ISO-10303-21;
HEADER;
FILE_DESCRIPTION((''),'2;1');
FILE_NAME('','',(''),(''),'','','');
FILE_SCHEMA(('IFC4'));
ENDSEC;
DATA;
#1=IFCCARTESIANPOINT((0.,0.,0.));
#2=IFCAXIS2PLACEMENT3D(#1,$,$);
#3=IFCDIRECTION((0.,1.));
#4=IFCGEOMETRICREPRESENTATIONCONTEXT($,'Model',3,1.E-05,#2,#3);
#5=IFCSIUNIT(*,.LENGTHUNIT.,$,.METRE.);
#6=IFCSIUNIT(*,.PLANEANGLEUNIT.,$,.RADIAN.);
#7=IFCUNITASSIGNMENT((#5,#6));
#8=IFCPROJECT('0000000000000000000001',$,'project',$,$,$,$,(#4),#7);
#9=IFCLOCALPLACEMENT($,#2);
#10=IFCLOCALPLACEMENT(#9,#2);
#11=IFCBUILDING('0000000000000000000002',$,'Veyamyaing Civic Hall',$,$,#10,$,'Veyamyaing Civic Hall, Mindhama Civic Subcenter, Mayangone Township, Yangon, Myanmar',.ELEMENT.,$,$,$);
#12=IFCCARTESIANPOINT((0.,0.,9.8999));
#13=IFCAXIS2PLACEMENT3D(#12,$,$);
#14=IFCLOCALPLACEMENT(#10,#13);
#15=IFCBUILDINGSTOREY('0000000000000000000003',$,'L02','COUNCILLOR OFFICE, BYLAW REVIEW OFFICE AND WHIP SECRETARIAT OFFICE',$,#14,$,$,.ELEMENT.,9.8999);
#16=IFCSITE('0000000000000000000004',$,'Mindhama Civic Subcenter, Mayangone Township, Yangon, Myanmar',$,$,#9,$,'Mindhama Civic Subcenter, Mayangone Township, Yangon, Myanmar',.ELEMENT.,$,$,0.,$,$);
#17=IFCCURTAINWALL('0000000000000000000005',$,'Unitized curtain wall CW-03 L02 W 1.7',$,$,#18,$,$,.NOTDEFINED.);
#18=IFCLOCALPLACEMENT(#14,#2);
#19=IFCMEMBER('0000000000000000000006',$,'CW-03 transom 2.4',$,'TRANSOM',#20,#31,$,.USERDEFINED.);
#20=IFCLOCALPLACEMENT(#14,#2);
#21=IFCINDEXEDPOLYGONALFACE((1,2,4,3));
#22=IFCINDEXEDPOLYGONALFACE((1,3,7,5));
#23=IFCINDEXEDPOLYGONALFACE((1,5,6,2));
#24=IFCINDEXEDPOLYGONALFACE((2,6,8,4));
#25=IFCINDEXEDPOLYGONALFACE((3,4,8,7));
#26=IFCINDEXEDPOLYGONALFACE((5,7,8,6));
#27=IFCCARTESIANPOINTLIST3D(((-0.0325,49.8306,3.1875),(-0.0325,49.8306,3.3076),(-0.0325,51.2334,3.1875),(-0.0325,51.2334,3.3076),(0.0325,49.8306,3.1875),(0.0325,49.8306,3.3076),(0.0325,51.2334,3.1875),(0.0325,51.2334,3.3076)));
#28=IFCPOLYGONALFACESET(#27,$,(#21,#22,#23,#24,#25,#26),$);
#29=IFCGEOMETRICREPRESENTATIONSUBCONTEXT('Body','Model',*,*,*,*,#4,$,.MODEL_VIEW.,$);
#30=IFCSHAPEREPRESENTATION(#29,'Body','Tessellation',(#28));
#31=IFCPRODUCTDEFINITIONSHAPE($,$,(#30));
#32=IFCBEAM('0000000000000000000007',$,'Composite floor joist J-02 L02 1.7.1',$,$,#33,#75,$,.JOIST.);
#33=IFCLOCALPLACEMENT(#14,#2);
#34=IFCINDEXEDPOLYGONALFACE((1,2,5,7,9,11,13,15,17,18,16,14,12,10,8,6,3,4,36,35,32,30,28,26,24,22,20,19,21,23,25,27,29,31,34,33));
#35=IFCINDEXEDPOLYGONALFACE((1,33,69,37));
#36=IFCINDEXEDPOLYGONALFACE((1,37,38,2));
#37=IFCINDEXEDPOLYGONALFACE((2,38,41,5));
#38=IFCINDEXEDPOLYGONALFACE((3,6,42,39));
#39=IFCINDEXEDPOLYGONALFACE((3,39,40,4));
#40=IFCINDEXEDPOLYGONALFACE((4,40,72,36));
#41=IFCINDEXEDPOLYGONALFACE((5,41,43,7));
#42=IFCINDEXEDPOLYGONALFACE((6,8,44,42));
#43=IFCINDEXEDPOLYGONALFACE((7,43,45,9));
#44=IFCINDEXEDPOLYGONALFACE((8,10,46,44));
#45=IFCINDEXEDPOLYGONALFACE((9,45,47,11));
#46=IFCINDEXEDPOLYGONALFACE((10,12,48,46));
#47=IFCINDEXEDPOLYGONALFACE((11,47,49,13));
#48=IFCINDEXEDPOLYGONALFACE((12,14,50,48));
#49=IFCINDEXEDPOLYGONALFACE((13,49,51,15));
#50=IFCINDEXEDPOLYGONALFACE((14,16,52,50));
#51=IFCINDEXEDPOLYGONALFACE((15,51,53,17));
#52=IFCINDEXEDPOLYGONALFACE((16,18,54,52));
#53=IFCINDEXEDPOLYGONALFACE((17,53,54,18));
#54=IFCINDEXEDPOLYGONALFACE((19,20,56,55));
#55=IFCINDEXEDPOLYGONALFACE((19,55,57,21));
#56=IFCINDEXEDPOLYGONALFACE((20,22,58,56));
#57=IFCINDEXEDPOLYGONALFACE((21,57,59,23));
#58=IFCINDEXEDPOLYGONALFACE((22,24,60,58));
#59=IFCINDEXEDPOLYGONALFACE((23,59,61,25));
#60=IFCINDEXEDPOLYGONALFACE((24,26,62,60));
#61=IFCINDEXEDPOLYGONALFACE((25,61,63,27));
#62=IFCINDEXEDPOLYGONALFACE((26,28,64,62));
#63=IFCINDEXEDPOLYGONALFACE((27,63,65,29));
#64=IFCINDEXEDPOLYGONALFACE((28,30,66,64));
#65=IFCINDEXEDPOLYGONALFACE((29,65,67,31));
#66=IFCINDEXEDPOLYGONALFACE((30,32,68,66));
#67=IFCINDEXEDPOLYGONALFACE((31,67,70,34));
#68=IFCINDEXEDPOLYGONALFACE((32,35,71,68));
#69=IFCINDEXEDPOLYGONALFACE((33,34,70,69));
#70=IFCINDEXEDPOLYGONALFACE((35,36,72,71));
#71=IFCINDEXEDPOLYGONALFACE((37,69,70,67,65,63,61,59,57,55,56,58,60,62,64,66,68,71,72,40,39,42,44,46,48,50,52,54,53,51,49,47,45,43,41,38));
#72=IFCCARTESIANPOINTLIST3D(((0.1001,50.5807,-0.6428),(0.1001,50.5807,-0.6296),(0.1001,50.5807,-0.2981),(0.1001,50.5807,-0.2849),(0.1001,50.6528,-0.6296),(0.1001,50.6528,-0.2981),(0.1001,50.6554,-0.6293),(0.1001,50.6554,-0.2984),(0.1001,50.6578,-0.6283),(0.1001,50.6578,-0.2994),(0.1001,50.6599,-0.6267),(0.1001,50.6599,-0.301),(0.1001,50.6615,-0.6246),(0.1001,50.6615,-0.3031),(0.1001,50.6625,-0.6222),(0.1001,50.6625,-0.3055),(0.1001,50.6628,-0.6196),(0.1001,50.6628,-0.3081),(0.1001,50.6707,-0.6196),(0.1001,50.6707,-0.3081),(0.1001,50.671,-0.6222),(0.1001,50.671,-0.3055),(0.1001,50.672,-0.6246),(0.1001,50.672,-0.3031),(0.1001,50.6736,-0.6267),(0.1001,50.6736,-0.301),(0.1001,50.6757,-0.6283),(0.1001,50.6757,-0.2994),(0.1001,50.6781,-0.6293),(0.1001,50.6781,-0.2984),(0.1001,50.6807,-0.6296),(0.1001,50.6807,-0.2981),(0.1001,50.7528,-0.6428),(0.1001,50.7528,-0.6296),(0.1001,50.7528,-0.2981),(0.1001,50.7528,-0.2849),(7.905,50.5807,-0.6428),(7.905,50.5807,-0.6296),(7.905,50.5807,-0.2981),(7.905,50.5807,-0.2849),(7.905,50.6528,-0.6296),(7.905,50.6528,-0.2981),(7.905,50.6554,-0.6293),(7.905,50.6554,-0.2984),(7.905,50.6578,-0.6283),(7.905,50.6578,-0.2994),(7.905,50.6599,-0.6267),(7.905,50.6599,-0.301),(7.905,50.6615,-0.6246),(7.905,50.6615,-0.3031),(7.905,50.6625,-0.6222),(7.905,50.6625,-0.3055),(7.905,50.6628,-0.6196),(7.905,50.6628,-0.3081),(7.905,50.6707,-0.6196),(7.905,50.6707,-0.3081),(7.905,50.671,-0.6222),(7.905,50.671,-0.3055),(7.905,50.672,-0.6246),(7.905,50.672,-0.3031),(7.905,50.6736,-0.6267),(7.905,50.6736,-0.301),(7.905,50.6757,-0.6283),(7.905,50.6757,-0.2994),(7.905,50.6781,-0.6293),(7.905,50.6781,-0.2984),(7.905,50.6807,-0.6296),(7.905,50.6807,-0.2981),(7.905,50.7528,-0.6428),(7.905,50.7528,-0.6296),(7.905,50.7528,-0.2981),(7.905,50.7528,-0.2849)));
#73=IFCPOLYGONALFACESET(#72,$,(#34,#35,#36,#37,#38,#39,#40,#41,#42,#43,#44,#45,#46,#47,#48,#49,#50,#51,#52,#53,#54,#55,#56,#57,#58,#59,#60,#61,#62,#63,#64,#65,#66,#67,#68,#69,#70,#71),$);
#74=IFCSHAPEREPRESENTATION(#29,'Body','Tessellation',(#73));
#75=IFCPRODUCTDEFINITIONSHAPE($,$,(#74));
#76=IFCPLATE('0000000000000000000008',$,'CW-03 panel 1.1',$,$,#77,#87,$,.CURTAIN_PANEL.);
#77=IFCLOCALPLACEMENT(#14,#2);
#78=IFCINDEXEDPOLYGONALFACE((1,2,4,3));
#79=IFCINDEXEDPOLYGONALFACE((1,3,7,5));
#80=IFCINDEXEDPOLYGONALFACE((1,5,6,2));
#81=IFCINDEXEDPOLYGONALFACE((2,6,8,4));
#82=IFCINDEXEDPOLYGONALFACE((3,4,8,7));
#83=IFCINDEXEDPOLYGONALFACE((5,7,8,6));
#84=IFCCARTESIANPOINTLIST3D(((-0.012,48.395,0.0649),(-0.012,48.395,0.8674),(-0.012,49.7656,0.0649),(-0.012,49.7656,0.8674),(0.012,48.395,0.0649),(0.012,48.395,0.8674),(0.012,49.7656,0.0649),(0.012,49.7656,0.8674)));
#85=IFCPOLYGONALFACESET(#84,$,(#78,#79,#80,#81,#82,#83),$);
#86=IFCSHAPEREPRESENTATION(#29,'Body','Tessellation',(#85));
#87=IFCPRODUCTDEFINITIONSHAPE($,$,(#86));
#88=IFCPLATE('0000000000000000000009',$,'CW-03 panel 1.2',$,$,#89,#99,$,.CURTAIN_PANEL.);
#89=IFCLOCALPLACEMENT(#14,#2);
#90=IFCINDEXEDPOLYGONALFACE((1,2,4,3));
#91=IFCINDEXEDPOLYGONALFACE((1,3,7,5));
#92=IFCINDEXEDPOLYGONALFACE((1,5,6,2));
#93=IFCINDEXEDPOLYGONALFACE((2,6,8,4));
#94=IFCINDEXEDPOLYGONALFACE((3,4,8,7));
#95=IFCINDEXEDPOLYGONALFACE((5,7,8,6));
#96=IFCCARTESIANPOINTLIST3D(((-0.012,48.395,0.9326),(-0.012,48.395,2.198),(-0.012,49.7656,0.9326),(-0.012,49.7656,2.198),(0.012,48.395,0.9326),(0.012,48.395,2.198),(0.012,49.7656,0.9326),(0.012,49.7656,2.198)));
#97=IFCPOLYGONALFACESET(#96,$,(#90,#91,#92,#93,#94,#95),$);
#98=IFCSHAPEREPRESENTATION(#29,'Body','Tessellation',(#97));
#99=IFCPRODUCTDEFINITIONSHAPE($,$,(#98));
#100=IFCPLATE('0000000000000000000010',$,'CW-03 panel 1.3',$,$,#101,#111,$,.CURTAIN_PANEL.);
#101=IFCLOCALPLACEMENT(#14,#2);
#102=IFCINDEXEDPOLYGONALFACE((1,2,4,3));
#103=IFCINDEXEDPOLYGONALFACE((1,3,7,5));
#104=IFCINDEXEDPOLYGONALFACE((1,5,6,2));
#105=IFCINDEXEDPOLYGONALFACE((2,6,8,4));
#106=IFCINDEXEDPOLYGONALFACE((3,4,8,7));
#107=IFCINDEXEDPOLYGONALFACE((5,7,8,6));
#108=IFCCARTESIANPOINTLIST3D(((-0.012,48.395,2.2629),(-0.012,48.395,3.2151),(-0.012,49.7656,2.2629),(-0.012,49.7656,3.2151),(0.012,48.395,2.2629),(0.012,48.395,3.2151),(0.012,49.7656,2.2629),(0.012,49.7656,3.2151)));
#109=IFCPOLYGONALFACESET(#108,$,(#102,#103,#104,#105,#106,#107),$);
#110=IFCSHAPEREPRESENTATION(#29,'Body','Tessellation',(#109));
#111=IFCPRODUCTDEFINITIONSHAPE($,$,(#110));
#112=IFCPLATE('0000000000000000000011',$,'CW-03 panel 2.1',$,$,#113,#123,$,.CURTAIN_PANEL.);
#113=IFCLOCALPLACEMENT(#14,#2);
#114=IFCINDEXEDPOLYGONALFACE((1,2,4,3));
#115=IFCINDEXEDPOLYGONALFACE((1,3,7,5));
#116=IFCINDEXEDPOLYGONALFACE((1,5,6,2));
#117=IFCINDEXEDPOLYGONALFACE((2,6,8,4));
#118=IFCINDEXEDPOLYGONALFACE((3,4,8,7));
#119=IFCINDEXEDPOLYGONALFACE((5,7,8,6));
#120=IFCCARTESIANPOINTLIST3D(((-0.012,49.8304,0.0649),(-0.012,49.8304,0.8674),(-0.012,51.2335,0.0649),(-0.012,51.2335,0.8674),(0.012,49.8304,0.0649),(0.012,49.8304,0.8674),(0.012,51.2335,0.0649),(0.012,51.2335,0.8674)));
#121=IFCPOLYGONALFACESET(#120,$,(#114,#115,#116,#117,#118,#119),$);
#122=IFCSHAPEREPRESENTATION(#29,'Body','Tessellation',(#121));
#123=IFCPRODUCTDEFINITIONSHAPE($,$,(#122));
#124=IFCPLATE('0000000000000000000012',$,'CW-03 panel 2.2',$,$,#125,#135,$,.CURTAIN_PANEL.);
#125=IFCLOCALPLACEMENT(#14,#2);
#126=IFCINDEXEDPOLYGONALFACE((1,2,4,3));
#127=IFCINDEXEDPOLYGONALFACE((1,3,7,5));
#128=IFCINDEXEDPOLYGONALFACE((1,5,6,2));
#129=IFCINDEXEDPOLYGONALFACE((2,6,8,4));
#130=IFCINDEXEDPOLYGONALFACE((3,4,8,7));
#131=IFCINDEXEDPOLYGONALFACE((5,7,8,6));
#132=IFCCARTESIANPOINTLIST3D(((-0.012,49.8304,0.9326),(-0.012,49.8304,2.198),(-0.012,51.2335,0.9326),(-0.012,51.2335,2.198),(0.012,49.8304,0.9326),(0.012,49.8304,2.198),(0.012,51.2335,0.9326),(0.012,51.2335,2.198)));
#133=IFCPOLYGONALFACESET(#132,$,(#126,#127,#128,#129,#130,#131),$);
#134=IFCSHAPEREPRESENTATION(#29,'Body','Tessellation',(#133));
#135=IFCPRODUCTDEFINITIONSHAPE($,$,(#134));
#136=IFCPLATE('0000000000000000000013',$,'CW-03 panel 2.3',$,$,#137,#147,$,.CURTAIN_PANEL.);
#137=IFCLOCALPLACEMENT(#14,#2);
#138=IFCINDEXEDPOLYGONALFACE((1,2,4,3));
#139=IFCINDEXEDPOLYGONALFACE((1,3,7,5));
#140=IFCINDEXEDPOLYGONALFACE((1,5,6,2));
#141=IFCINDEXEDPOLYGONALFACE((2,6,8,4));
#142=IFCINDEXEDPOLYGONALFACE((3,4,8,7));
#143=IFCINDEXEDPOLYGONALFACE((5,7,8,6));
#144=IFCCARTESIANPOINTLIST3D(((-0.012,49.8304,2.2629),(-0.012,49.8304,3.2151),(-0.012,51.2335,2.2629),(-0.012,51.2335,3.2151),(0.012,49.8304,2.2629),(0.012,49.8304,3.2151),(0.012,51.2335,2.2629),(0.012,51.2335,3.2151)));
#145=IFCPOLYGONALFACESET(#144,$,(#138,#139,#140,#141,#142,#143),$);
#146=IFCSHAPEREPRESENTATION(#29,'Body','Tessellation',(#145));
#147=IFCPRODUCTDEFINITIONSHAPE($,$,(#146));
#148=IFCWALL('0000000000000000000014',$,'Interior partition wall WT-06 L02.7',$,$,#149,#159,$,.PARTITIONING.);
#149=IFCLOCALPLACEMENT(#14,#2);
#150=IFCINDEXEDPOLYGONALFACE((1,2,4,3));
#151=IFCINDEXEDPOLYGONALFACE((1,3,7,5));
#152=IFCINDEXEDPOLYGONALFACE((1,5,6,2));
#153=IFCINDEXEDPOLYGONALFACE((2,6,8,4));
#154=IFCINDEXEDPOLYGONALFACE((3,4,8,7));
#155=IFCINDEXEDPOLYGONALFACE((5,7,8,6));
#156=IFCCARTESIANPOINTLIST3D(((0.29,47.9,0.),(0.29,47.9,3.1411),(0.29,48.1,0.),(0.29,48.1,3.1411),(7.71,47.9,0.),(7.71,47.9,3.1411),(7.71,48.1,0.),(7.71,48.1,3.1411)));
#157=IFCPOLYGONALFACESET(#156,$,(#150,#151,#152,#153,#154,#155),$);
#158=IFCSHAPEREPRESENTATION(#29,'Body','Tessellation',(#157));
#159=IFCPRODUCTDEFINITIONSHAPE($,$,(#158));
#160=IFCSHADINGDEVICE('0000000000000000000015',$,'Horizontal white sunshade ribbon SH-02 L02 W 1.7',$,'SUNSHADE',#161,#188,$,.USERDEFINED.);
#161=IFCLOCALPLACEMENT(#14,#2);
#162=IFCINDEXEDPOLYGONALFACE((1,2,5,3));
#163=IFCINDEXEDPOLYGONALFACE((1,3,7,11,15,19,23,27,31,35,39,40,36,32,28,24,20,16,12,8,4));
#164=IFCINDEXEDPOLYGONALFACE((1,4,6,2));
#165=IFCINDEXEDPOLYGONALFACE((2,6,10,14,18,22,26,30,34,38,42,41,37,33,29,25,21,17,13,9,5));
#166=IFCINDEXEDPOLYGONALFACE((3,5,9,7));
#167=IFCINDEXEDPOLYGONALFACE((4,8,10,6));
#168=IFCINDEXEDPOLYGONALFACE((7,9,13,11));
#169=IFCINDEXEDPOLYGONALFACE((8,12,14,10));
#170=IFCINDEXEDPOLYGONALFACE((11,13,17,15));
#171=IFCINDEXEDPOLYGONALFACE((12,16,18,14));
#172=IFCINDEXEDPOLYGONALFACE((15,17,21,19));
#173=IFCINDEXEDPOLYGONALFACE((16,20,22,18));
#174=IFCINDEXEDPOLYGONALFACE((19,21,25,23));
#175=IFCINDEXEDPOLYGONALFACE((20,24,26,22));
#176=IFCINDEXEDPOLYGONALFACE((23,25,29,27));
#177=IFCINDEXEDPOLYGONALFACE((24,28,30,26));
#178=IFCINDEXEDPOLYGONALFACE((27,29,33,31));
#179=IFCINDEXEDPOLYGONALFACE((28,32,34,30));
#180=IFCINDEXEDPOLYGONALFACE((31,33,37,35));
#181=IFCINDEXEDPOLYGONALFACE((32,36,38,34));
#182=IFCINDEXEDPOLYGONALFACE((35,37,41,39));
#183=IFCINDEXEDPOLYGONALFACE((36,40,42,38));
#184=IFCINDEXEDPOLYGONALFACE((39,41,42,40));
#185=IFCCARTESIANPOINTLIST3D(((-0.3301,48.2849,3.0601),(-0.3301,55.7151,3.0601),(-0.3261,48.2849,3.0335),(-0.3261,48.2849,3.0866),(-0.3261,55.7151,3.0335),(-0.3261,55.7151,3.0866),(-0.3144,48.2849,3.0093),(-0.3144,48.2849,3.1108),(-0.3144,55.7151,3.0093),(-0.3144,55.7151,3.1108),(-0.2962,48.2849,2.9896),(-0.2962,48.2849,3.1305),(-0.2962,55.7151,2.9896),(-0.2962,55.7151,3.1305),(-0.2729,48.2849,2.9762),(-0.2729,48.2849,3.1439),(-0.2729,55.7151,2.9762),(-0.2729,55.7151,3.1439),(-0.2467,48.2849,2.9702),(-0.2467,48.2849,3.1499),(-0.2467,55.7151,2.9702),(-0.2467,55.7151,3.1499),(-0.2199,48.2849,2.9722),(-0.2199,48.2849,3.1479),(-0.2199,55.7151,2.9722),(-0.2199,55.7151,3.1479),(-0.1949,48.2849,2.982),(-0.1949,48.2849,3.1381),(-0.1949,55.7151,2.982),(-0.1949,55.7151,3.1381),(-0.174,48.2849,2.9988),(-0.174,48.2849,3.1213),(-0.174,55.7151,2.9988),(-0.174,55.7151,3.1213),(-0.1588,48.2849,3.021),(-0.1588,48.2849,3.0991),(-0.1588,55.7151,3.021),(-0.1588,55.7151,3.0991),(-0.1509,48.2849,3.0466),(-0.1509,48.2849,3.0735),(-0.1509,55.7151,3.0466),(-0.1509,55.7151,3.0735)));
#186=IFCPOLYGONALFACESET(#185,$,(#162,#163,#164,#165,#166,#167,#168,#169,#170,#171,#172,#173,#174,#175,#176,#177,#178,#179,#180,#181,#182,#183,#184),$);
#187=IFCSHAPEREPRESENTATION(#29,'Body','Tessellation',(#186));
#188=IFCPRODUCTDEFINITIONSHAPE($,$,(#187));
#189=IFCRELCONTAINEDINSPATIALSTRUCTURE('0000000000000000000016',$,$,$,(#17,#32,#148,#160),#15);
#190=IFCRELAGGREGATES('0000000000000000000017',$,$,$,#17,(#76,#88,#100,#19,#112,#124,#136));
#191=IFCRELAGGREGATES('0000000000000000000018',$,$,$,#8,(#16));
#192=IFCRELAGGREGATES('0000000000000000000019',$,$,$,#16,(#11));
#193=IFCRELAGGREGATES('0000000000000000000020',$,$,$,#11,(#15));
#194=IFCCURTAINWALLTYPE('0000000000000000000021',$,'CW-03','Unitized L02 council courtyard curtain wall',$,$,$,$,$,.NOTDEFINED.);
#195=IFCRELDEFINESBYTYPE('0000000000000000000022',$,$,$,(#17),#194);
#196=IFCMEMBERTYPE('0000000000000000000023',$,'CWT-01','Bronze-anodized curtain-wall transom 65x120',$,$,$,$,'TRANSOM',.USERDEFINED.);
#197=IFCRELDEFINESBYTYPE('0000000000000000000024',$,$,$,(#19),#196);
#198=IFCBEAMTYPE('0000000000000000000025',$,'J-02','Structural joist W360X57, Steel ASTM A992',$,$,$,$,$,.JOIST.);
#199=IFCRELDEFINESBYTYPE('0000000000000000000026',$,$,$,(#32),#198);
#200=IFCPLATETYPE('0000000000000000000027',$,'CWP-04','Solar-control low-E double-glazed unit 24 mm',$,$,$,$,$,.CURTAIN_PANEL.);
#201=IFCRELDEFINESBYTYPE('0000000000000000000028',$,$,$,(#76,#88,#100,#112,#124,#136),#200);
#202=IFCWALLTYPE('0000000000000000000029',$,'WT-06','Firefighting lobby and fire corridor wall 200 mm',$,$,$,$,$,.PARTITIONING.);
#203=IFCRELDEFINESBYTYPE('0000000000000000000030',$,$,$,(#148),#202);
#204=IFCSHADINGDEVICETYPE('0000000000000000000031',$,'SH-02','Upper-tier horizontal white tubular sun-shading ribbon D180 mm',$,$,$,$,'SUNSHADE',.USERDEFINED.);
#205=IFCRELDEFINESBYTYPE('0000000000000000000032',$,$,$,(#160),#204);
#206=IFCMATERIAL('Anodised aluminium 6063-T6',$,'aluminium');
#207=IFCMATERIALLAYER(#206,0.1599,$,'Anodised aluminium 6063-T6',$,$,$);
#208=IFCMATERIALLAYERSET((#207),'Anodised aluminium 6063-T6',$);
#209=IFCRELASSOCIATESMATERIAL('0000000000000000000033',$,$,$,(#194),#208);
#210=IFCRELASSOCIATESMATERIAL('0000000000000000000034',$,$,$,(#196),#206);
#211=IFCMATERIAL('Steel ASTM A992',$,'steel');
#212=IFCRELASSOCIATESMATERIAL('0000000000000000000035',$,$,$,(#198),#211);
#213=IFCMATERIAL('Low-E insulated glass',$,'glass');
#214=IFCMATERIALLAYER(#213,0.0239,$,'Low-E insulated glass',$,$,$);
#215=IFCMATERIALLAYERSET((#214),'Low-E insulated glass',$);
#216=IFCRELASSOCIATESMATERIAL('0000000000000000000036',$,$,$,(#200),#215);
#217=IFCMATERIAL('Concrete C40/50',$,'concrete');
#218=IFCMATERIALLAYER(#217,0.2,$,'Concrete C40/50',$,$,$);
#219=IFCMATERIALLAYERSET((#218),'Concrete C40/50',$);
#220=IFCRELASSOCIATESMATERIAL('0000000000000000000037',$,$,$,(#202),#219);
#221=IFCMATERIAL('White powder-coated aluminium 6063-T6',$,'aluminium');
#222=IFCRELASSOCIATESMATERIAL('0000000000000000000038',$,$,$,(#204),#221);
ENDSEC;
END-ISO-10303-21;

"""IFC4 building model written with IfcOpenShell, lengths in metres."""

from ifc_helpers import new_model, si_unit, direction, frame, frame_2d, origin, origin_2d, place, context, subcontext, project, spatial, rectangle, circle, i_section, extrude, material, layer, layer_set, material_profile, profile_set, type_object, element, aggregate, save


model = new_model("IFC4")

# Units and contexts
model_context = context("Model", 3, precision=1e-05, world=origin(), true_north=direction((0.0, 1.0)))
body_context = subcontext(model_context, "Body", "Model", "MODEL_VIEW")
ifc_project = project(units=[si_unit("LENGTHUNIT", "METRE"), si_unit("PLANEANGLEUNIT", "RADIAN")], contexts=[model_context])

# Site, building, storey
site_placement = place(None, origin())
site = spatial("IfcSite", under=ifc_project, at=site_placement, Name="Mindhama Civic Subcenter, Mayangone Township, Yangon, Myanmar", LongName="Mindhama Civic Subcenter, Mayangone Township, Yangon, Myanmar", CompositionType="ELEMENT", RefElevation=0.0)
building_placement = place(site_placement, origin())
building = spatial("IfcBuilding", under=site, at=building_placement, Name="Veyamyaing Civic Hall", LongName="Veyamyaing Civic Hall, Mindhama Civic Subcenter, Mayangone Township, Yangon, Myanmar", CompositionType="ELEMENT")
storey_placement = place(building_placement, frame((0.0, 0.0, 9.8999)))
storey = spatial("IfcBuildingStorey", under=building, at=storey_placement, Name="L02", Description="COUNCILLOR OFFICE, BYLAW REVIEW OFFICE AND WHIP SECRETARIAT OFFICE", CompositionType="ELEMENT", Elevation=9.8999)

# Shared definitions
ifc_material_1 = material(Name="Steel ASTM A992", Category="steel")

# Curtain wall, member
ifc_material_2 = material(Name="Anodised aluminium 6063-T6", Category="aluminium")
ifc_layer_1 = layer(ifc_material_2, 0.1599, Name="Anodised aluminium 6063-T6")
ifc_layer_set_1 = layer_set([ifc_layer_1], Name="Anodised aluminium 6063-T6")
curtain_wall_type = type_object("IfcCurtainWallType", Name="CW-03", Description="Unitized L02 council courtyard curtain wall", PredefinedType="NOTDEFINED", material=ifc_layer_set_1)
curtain_wall_placement = place(storey_placement, origin())
curtain_wall = element("IfcCurtainWall", 1, at=curtain_wall_placement, inside=storey, type_object=curtain_wall_type, Name="Unitized curtain wall CW-03 L02 W 1.7", PredefinedType="NOTDEFINED")
ifc_material_profile_1 = material_profile(ifc_material_2, rectangle(XDim=0.0649, YDim=0.1201, at=origin_2d()), Name="ALU-TRN-65X120")
ifc_profile_set_1 = profile_set([ifc_material_profile_1], Name="Anodised aluminium 6063-T6")
member_type_1 = type_object("IfcMemberType", Name="CWT-01", Description="Bronze-anodized curtain-wall transom 65x120", ElementType="TRANSOM", PredefinedType="USERDEFINED", material=ifc_profile_set_1)
member_1_placement = place(storey_placement, frame((0.0, 49.8306, 3.2476), z_axis=(0.0, 1.0, 0.0), x_axis=(-1.0, 0.0, 0.0)))
member_1 = element("IfcMember", 2, at=member_1_placement, type_object=member_type_1, Name="CW-03 transom 2.4", ObjectType="TRANSOM", PredefinedType="USERDEFINED", context=body_context, shape_type="SweptSolid", body=[
    extrude(rectangle(XDim=0.0649, YDim=0.1201, at=origin_2d()), origin(), (0.0, 0.0, 1.0), 1.4028),
])

# Beam
ifc_material_profile_2 = material_profile(ifc_material_1, i_section(OverallWidth=0.1721, OverallDepth=0.3579, WebThickness=0.0078, FlangeThickness=0.0132, FilletRadius=0.01, at=origin_2d()), Name="W360X57")
ifc_profile_set_2 = profile_set([ifc_material_profile_2], Name="Steel ASTM A992")
beam_type_1 = type_object("IfcBeamType", Name="J-02", Description="Structural joist W360X57, Steel ASTM A992", PredefinedType="JOIST", material=ifc_profile_set_2)
beam_1_placement = place(storey_placement, frame((0.1001, 50.6667, -0.4639), z_axis=(1.0, 0.0, 0.0), x_axis=(0.0, 1.0, 0.0)))
element("IfcBeam", 3, at=beam_1_placement, inside=storey, type_object=beam_type_1, Name="Composite floor joist J-02 L02 1.7.1", PredefinedType="JOIST", context=body_context, shape_type="SweptSolid", body=[
    extrude(i_section(OverallWidth=0.1721, OverallDepth=0.3579, WebThickness=0.0078, FlangeThickness=0.0132, FilletRadius=0.01, at=origin_2d()), origin(), (0.0, 0.0, 1.0), 7.8049),
])

# Plates
ifc_material_3 = material(Name="Low-E insulated glass", Category="glass")
ifc_layer_2 = layer(ifc_material_3, 0.0239, Name="Low-E insulated glass")
ifc_layer_set_2 = layer_set([ifc_layer_2], Name="Low-E insulated glass")
plate_type = type_object("IfcPlateType", Name="CWP-04", Description="Solar-control low-E double-glazed unit 24 mm", PredefinedType="CURTAIN_PANEL", material=ifc_layer_set_2)
plate_1_placement = place(storey_placement, frame((0.0, 49.0803, 0.0649), z_axis=(0.0, 0.0, 1.0), x_axis=(0.0, 1.0, 0.0)))
plate_1 = element("IfcPlate", 4, at=plate_1_placement, type_object=plate_type, Name="CW-03 panel 1.1", PredefinedType="CURTAIN_PANEL", context=body_context, shape_type="SweptSolid", body=[
    extrude(rectangle(XDim=1.3706, YDim=0.0239, at=origin_2d()), origin(), (0.0, 0.0, 1.0), 0.8025),
])
plate_2_placement = place(storey_placement, frame((0.0, 49.0803, 0.9326), z_axis=(0.0, 0.0, 1.0), x_axis=(0.0, 1.0, 0.0)))
plate_2 = element("IfcPlate", 5, at=plate_2_placement, type_object=plate_type, Name="CW-03 panel 1.2", PredefinedType="CURTAIN_PANEL", context=body_context, shape_type="SweptSolid", body=[
    extrude(rectangle(XDim=1.3706, YDim=0.0239, at=origin_2d()), origin(), (0.0, 0.0, 1.0), 1.2654),
])
plate_3_placement = place(storey_placement, frame((0.0, 49.0803, 2.2629), z_axis=(0.0, 0.0, 1.0), x_axis=(0.0, 1.0, 0.0)))
plate_3 = element("IfcPlate", 6, at=plate_3_placement, type_object=plate_type, Name="CW-03 panel 1.3", PredefinedType="CURTAIN_PANEL", context=body_context, shape_type="SweptSolid", body=[
    extrude(rectangle(XDim=1.3706, YDim=0.0239, at=origin_2d()), origin(), (0.0, 0.0, 1.0), 0.9521),
])
plate_4_placement = place(storey_placement, frame((0.0, 50.532, 0.0649), z_axis=(0.0, 0.0, 1.0), x_axis=(0.0, 1.0, 0.0)))
plate_4 = element("IfcPlate", 7, at=plate_4_placement, type_object=plate_type, Name="CW-03 panel 2.1", PredefinedType="CURTAIN_PANEL", context=body_context, shape_type="SweptSolid", body=[
    extrude(rectangle(XDim=1.4031, YDim=0.0239, at=origin_2d()), origin(), (0.0, 0.0, 1.0), 0.8025),
])
plate_5_placement = place(storey_placement, frame((0.0, 50.532, 0.9326), z_axis=(0.0, 0.0, 1.0), x_axis=(0.0, 1.0, 0.0)))
plate_5 = element("IfcPlate", 8, at=plate_5_placement, type_object=plate_type, Name="CW-03 panel 2.2", PredefinedType="CURTAIN_PANEL", context=body_context, shape_type="SweptSolid", body=[
    extrude(rectangle(XDim=1.4031, YDim=0.0239, at=origin_2d()), origin(), (0.0, 0.0, 1.0), 1.2654),
])
plate_6_placement = place(storey_placement, frame((0.0, 50.532, 2.2629), z_axis=(0.0, 0.0, 1.0), x_axis=(0.0, 1.0, 0.0)))
plate_6 = element("IfcPlate", 9, at=plate_6_placement, type_object=plate_type, Name="CW-03 panel 2.3", PredefinedType="CURTAIN_PANEL", context=body_context, shape_type="SweptSolid", body=[
    extrude(rectangle(XDim=1.4031, YDim=0.0239, at=origin_2d()), origin(), (0.0, 0.0, 1.0), 0.9521),
])
aggregate(curtain_wall, [plate_1, plate_2, plate_3, member_1, plate_4, plate_5, plate_6])

# Wall
ifc_material_4 = material(Name="Concrete C40/50", Category="concrete")
ifc_layer_3 = layer(ifc_material_4, 0.2, Name="Concrete C40/50")
ifc_layer_set_3 = layer_set([ifc_layer_3], Name="Concrete C40/50")
wall_type = type_object("IfcWallType", Name="WT-06", Description="Firefighting lobby and fire corridor wall 200 mm", PredefinedType="PARTITIONING", material=ifc_layer_set_3)
wall_placement = place(storey_placement, frame((0.29, 48.0, 0.0), z_axis=(0.0, 0.0, 1.0), x_axis=(1.0, 0.0, 0.0)))
element("IfcWall", 10, at=wall_placement, inside=storey, type_object=wall_type, Name="Interior partition wall WT-06 L02.7", PredefinedType="PARTITIONING", context=body_context, shape_type="SweptSolid", body=[
    extrude(rectangle(XDim=7.4199, YDim=0.2, at=frame_2d((3.71, 0.0))), origin(), (0.0, 0.0, 1.0), 3.1411),
])

# Shading device
ifc_material_5 = material(Name="White powder-coated aluminium 6063-T6", Category="aluminium")
ifc_material_profile_3 = material_profile(ifc_material_5, circle(Radius=0.0901, at=origin_2d()), Name="SHADE-TUBE-180")
ifc_profile_set_3 = profile_set([ifc_material_profile_3], Name="White powder-coated aluminium 6063-T6")
shading_device_type = type_object("IfcShadingDeviceType", Name="SH-02", Description="Upper-tier horizontal white tubular sun-shading ribbon D180 mm", ElementType="SUNSHADE", PredefinedType="USERDEFINED", material=ifc_profile_set_3)
shading_device_placement = place(storey_placement, frame((-0.24, 48.2849, 3.0601), z_axis=(0.0, 1.0, 0.0), x_axis=(-1.0, 0.0, 0.0)))
element("IfcShadingDevice", 11, at=shading_device_placement, inside=storey, type_object=shading_device_type, Name="Horizontal white sunshade ribbon SH-02 L02 W 1.7", ObjectType="SUNSHADE", PredefinedType="USERDEFINED", context=body_context, shape_type="SweptSolid", body=[
    extrude(circle(Radius=0.0901, at=origin_2d()), origin(), (0.0, 0.0, 1.0), 7.4302),
])

save(model, "model.ifc")
